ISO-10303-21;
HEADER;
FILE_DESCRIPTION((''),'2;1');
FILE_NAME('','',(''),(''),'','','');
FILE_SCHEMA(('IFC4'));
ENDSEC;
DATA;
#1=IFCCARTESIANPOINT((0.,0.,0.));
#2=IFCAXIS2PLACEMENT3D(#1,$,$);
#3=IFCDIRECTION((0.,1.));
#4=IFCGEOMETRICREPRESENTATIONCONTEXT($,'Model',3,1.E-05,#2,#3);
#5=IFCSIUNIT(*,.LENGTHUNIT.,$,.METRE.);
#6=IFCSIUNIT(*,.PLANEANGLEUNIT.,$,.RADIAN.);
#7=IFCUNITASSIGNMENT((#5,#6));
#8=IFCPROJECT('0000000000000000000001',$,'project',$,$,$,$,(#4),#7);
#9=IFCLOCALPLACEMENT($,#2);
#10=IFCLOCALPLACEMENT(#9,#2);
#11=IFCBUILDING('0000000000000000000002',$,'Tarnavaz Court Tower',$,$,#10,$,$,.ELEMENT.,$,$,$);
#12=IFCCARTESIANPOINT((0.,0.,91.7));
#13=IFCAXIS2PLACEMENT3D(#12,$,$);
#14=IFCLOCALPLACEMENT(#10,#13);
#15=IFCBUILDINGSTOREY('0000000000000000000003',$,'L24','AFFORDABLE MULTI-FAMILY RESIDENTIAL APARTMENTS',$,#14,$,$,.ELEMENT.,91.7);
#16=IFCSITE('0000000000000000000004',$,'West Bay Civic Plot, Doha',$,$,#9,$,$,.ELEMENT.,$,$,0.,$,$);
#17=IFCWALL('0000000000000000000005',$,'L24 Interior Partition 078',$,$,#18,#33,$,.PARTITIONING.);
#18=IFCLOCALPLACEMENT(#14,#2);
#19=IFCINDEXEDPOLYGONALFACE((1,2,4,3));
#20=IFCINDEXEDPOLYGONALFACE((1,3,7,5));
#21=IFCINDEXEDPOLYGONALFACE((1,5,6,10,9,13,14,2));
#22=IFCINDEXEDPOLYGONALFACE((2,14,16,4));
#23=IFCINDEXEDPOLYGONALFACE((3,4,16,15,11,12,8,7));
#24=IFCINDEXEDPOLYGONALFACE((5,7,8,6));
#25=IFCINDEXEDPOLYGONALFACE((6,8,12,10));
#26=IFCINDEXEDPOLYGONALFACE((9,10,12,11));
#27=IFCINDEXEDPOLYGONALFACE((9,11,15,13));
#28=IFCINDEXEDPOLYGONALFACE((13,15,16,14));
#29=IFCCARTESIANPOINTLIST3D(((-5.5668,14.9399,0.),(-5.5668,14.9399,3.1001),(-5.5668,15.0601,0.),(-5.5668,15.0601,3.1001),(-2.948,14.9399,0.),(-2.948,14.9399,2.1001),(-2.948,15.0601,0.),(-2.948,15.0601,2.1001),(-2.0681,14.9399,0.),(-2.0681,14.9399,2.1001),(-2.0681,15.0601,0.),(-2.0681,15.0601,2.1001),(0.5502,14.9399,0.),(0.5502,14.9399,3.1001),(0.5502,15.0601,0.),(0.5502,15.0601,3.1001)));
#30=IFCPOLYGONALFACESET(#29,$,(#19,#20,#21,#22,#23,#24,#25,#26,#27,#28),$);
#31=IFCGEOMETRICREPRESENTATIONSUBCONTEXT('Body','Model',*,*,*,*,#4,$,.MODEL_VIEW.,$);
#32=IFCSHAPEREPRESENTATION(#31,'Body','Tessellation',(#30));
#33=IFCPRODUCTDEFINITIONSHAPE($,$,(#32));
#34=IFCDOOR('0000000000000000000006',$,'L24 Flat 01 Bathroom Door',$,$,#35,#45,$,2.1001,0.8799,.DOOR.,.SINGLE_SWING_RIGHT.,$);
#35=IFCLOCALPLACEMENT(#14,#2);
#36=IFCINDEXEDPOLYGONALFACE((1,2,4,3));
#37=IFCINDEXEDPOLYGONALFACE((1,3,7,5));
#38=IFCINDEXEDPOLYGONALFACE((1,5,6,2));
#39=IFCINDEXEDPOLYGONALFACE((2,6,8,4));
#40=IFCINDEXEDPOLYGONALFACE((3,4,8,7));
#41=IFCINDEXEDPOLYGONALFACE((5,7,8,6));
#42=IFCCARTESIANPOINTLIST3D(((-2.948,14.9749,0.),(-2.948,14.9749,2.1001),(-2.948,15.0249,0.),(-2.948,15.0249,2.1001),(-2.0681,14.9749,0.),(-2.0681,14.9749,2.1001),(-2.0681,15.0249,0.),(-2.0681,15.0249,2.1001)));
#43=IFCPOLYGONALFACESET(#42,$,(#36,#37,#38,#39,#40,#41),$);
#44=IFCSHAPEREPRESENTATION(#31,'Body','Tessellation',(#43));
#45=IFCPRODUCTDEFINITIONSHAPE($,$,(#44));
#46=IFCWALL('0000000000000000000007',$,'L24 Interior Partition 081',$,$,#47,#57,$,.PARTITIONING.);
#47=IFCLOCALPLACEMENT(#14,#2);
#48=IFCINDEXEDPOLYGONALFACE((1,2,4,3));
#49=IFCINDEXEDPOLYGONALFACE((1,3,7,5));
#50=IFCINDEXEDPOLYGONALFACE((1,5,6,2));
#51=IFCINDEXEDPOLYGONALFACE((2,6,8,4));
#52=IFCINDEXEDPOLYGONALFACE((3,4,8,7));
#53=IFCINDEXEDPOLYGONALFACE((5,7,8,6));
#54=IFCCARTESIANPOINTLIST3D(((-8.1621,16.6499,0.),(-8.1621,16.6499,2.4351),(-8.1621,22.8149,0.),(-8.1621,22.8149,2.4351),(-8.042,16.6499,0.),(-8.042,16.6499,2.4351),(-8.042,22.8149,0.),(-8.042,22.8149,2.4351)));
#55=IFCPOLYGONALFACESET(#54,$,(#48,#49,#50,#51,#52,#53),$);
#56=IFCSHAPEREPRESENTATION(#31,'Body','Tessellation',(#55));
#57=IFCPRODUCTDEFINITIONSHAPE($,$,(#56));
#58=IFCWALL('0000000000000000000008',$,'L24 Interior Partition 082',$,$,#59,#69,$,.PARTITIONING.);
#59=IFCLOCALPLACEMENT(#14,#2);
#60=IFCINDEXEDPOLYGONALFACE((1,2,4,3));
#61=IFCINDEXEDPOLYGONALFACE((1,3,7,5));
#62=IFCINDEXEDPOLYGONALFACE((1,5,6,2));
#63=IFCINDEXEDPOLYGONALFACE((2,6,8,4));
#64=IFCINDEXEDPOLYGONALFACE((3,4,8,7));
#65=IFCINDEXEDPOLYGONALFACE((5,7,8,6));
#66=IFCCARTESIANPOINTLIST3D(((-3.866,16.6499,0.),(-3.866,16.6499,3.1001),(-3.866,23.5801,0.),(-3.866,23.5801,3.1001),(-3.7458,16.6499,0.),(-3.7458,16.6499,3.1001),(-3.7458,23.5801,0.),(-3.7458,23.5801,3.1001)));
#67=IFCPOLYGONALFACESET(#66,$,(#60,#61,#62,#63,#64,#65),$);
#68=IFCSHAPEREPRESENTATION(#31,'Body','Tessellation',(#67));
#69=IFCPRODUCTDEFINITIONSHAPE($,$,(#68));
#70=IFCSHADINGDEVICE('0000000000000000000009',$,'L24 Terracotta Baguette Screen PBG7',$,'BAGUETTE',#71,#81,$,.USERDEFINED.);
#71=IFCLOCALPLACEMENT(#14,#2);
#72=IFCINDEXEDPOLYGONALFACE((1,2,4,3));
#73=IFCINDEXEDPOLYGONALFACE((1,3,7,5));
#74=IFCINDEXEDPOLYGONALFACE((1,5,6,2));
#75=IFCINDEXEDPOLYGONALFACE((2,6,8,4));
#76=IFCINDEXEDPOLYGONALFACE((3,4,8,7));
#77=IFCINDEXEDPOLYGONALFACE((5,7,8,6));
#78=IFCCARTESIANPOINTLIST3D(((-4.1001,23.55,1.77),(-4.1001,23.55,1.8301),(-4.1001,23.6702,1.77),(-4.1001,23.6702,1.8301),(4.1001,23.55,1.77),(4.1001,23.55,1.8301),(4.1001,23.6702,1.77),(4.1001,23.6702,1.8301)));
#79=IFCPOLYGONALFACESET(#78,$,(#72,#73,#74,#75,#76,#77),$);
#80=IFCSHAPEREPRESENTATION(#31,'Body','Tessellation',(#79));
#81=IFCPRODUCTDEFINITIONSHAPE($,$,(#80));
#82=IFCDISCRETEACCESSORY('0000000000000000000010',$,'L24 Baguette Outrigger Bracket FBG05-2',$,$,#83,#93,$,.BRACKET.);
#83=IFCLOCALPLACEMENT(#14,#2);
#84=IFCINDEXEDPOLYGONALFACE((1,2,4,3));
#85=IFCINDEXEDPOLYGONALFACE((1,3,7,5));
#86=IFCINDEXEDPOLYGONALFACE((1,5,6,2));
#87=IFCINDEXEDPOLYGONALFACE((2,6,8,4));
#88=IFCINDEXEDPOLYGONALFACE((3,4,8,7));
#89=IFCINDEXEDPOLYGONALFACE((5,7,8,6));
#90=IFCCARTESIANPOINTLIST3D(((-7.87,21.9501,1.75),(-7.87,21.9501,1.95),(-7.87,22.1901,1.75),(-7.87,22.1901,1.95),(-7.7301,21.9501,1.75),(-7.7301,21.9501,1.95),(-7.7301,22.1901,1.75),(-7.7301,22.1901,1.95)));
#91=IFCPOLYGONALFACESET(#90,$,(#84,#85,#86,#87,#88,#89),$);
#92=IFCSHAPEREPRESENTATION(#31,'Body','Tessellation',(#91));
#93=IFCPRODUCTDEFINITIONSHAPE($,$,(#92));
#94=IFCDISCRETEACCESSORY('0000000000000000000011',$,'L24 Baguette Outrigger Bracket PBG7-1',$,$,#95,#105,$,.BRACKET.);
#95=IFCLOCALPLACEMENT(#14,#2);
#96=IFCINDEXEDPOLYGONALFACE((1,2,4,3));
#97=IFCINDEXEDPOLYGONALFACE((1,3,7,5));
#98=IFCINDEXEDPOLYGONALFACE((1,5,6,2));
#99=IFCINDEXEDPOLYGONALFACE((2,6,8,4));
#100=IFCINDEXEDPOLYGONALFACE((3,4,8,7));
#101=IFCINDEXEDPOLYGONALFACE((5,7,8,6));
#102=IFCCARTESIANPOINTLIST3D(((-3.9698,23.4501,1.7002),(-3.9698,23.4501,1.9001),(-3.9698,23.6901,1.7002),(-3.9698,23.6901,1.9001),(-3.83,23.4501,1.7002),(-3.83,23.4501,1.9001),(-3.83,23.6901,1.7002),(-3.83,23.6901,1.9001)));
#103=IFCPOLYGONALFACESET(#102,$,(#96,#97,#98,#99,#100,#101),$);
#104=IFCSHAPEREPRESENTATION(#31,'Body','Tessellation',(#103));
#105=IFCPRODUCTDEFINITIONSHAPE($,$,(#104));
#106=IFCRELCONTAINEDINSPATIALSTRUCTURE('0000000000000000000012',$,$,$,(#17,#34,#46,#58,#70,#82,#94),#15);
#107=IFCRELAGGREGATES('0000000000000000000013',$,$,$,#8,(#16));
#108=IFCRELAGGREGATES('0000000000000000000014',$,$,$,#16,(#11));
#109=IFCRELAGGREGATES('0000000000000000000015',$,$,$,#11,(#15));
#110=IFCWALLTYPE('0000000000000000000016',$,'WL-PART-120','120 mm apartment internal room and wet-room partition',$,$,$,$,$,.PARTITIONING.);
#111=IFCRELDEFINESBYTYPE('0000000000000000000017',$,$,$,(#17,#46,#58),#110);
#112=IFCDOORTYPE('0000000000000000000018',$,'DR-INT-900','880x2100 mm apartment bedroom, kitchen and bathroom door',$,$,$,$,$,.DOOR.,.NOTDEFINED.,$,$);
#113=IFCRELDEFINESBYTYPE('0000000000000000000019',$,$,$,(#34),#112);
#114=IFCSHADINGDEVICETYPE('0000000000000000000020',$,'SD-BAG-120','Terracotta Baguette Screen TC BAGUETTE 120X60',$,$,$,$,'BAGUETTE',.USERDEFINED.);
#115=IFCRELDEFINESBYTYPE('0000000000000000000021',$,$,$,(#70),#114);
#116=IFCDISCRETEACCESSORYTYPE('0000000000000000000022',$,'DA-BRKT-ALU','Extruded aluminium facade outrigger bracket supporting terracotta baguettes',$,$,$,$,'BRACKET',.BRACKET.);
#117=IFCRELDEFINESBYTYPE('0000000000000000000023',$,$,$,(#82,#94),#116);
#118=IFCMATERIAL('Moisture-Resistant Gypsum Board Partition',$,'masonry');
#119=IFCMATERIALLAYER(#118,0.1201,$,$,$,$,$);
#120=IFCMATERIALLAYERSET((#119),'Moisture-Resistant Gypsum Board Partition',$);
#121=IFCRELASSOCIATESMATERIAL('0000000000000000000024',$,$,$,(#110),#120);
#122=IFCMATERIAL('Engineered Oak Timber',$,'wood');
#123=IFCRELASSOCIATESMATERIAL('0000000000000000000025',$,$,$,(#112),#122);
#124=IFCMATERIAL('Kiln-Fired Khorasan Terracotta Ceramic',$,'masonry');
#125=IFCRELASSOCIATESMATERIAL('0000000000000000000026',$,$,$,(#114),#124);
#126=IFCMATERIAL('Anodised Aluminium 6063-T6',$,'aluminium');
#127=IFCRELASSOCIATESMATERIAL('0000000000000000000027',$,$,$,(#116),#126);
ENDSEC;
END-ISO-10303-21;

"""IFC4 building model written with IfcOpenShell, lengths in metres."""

from ifc_helpers import new_model, si_unit, direction, frame, frame_2d, origin, origin_2d, place, context, subcontext, project, spatial, rectangle, extrude, material, layer, layer_set, material_profile, profile_set, type_object, element, fill, save


model = new_model("IFC4")

# Units and contexts
model_context = context("Model", 3, precision=1e-05, world=origin(), true_north=direction((0.0, 1.0)))
body_context = subcontext(model_context, "Body", "Model", "MODEL_VIEW")
ifc_project = project(units=[si_unit("LENGTHUNIT", "METRE"), si_unit("PLANEANGLEUNIT", "RADIAN")], contexts=[model_context])

# Site, building, storey
site_placement = place(None, origin())
site = spatial("IfcSite", under=ifc_project, at=site_placement, Name="West Bay Civic Plot, Doha", CompositionType="ELEMENT", RefElevation=0.0)
building_placement = place(site_placement, origin())
building = spatial("IfcBuilding", under=site, at=building_placement, Name="Tarnavaz Court Tower", CompositionType="ELEMENT")
storey_placement = place(building_placement, frame((0.0, 0.0, 91.7)))
storey = spatial("IfcBuildingStorey", under=building, at=storey_placement, Name="L24", Description="AFFORDABLE MULTI-FAMILY RESIDENTIAL APARTMENTS", CompositionType="ELEMENT", Elevation=91.7)

# Shared definitions
ifc_material_1 = material(Name="Anodised Aluminium 6063-T6", Category="aluminium")

# Wall, opening, door
ifc_material_2 = material(Name="Moisture-Resistant Gypsum Board Partition", Category="masonry")
ifc_layer_1 = layer(ifc_material_2, 0.1201)
ifc_layer_set_1 = layer_set([ifc_layer_1], Name="Moisture-Resistant Gypsum Board Partition")
wall_type_1 = type_object("IfcWallType", Name="WL-PART-120", Description="120 mm apartment internal room and wet-room partition", PredefinedType="PARTITIONING", material=ifc_layer_set_1)
ifc_material_3 = material(Name="Engineered Oak Timber", Category="wood")
door_type = type_object("IfcDoorType", Name="DR-INT-900", Description="880x2100 mm apartment bedroom, kitchen and bathroom door", OperationType="NOTDEFINED", PredefinedType="DOOR", material=ifc_material_3)
wall_1_placement = place(storey_placement, frame((-5.5669, 15.0, 0.0), z_axis=(0.0, 0.0, 1.0), x_axis=(1.0, 0.0, 0.0)))
wall_1 = element("IfcWall", 1, at=wall_1_placement, inside=storey, type_object=wall_type_1, Name="L24 Interior Partition 078", PredefinedType="PARTITIONING", context=body_context, shape_type="SweptSolid", body=[
    extrude(rectangle(XDim=6.1169, YDim=0.1201, at=frame_2d((3.0586, 0.0))), origin(), (0.0, 0.0, 1.0), 3.1001),
])
opening_1_placement = place(wall_1_placement, frame((2.6189, 0.0, 0.0)))
opening_1 = element("IfcOpeningElement", 2, at=opening_1_placement, cuts=wall_1, PredefinedType="OPENING", context=body_context, shape_type="SweptSolid", body=[
    extrude(rectangle(XDim=0.8799, YDim=2.1001, at=frame_2d((0.4399, 1.05))), frame((0.0, 0.0701, 0.0), z_axis=(0.0, -1.0, 0.0), x_axis=(1.0, 0.0, 0.0)), (0.0, 0.0, 1.0), 0.1401),
])
door_1_placement = place(opening_1_placement, origin())
door_1 = element("IfcDoor", 3, at=door_1_placement, inside=storey, type_object=door_type, Name="L24 Flat 01 Bathroom Door", OperationType="SINGLE_SWING_RIGHT", OverallHeight=2.1001, OverallWidth=0.8799, PredefinedType="DOOR", context=body_context, shape_type="SweptSolid", body=[
    extrude(rectangle(XDim=0.8799, YDim=2.1001, at=frame_2d((0.4399, 1.05))), frame((0.0, 0.0249, 0.0), z_axis=(0.0, -1.0, 0.0), x_axis=(1.0, 0.0, 0.0)), (0.0, 0.0, 1.0), 0.05),
])
fill(opening_1, door_1)

# Walls
wall_2_placement = place(storey_placement, frame((-8.1021, 16.6499, 0.0), z_axis=(0.0, 0.0, 1.0), x_axis=(0.0, 1.0, 0.0)))
element("IfcWall", 4, at=wall_2_placement, inside=storey, type_object=wall_type_1, Name="L24 Interior Partition 081", PredefinedType="PARTITIONING", context=body_context, shape_type="SweptSolid", body=[
    extrude(rectangle(XDim=6.165, YDim=0.1201, at=frame_2d((3.0825, 0.0))), origin(), (0.0, 0.0, 1.0), 2.4351),
])
wall_3_placement = place(storey_placement, frame((-3.8059, 16.6499, 0.0), z_axis=(0.0, 0.0, 1.0), x_axis=(0.0, 1.0, 0.0)))
element("IfcWall", 5, at=wall_3_placement, inside=storey, type_object=wall_type_1, Name="L24 Interior Partition 082", PredefinedType="PARTITIONING", context=body_context, shape_type="SweptSolid", body=[
    extrude(rectangle(XDim=6.9302, YDim=0.1201, at=frame_2d((3.4651, 0.0))), origin(), (0.0, 0.0, 1.0), 3.1001),
])

# Shading device
ifc_material_4 = material(Name="Kiln-Fired Khorasan Terracotta Ceramic", Category="masonry")
ifc_material_profile_1 = material_profile(ifc_material_4, rectangle(XDim=0.1201, YDim=0.0601, at=origin_2d()), Name="TC BAGUETTE 120X60")
ifc_profile_set_1 = profile_set([ifc_material_profile_1], Name="Kiln-Fired Khorasan Terracotta Ceramic")
shading_device_type = type_object("IfcShadingDeviceType", Name="SD-BAG-120", Description="Terracotta Baguette Screen TC BAGUETTE 120X60", ElementType="BAGUETTE", PredefinedType="USERDEFINED", material=ifc_profile_set_1)
shading_device_placement = place(storey_placement, frame((-4.1001, 23.6101, 1.8), z_axis=(1.0, 0.0, 0.0), x_axis=(0.0, 1.0, 0.0)))
element("IfcShadingDevice", 6, at=shading_device_placement, inside=storey, type_object=shading_device_type, Name="L24 Terracotta Baguette Screen PBG7", ObjectType="BAGUETTE", PredefinedType="USERDEFINED", context=body_context, shape_type="SweptSolid", body=[
    extrude(rectangle(XDim=0.1201, YDim=0.0601, at=origin_2d()), origin(), (0.0, 0.0, 1.0), 8.2002),
])

# Discrete accessories
discrete_accessory_type = type_object("IfcDiscreteAccessoryType", Name="DA-BRKT-ALU", Description="Extruded aluminium facade outrigger bracket supporting terracotta baguettes", ElementType="BRACKET", PredefinedType="BRACKET", material=ifc_material_1)
for number, where, z_axis, x_axis, name in (
    (7, (-7.8, 22.0701, 1.75), (0.0, 0.0, 1.0), (1.0, 0.0, 0.0), "L24 Baguette Outrigger Bracket FBG05-2"),
    (8, (-3.8999, 23.5701, 1.7002), (0.0, 0.0, 1.0), (1.0, 0.0, 0.0), "L24 Baguette Outrigger Bracket PBG7-1"),
):
    element("IfcDiscreteAccessory", number, at=place(storey_placement, frame(where, z_axis=z_axis, x_axis=x_axis)), inside=storey, type_object=discrete_accessory_type, Name=name, PredefinedType="BRACKET", context=body_context, shape_type="SweptSolid", body=[
        extrude(rectangle(XDim=0.1399, YDim=0.24, at=origin_2d()), origin(), (0.0, 0.0, 1.0), 0.2),
    ])

save(model, "model.ifc")
